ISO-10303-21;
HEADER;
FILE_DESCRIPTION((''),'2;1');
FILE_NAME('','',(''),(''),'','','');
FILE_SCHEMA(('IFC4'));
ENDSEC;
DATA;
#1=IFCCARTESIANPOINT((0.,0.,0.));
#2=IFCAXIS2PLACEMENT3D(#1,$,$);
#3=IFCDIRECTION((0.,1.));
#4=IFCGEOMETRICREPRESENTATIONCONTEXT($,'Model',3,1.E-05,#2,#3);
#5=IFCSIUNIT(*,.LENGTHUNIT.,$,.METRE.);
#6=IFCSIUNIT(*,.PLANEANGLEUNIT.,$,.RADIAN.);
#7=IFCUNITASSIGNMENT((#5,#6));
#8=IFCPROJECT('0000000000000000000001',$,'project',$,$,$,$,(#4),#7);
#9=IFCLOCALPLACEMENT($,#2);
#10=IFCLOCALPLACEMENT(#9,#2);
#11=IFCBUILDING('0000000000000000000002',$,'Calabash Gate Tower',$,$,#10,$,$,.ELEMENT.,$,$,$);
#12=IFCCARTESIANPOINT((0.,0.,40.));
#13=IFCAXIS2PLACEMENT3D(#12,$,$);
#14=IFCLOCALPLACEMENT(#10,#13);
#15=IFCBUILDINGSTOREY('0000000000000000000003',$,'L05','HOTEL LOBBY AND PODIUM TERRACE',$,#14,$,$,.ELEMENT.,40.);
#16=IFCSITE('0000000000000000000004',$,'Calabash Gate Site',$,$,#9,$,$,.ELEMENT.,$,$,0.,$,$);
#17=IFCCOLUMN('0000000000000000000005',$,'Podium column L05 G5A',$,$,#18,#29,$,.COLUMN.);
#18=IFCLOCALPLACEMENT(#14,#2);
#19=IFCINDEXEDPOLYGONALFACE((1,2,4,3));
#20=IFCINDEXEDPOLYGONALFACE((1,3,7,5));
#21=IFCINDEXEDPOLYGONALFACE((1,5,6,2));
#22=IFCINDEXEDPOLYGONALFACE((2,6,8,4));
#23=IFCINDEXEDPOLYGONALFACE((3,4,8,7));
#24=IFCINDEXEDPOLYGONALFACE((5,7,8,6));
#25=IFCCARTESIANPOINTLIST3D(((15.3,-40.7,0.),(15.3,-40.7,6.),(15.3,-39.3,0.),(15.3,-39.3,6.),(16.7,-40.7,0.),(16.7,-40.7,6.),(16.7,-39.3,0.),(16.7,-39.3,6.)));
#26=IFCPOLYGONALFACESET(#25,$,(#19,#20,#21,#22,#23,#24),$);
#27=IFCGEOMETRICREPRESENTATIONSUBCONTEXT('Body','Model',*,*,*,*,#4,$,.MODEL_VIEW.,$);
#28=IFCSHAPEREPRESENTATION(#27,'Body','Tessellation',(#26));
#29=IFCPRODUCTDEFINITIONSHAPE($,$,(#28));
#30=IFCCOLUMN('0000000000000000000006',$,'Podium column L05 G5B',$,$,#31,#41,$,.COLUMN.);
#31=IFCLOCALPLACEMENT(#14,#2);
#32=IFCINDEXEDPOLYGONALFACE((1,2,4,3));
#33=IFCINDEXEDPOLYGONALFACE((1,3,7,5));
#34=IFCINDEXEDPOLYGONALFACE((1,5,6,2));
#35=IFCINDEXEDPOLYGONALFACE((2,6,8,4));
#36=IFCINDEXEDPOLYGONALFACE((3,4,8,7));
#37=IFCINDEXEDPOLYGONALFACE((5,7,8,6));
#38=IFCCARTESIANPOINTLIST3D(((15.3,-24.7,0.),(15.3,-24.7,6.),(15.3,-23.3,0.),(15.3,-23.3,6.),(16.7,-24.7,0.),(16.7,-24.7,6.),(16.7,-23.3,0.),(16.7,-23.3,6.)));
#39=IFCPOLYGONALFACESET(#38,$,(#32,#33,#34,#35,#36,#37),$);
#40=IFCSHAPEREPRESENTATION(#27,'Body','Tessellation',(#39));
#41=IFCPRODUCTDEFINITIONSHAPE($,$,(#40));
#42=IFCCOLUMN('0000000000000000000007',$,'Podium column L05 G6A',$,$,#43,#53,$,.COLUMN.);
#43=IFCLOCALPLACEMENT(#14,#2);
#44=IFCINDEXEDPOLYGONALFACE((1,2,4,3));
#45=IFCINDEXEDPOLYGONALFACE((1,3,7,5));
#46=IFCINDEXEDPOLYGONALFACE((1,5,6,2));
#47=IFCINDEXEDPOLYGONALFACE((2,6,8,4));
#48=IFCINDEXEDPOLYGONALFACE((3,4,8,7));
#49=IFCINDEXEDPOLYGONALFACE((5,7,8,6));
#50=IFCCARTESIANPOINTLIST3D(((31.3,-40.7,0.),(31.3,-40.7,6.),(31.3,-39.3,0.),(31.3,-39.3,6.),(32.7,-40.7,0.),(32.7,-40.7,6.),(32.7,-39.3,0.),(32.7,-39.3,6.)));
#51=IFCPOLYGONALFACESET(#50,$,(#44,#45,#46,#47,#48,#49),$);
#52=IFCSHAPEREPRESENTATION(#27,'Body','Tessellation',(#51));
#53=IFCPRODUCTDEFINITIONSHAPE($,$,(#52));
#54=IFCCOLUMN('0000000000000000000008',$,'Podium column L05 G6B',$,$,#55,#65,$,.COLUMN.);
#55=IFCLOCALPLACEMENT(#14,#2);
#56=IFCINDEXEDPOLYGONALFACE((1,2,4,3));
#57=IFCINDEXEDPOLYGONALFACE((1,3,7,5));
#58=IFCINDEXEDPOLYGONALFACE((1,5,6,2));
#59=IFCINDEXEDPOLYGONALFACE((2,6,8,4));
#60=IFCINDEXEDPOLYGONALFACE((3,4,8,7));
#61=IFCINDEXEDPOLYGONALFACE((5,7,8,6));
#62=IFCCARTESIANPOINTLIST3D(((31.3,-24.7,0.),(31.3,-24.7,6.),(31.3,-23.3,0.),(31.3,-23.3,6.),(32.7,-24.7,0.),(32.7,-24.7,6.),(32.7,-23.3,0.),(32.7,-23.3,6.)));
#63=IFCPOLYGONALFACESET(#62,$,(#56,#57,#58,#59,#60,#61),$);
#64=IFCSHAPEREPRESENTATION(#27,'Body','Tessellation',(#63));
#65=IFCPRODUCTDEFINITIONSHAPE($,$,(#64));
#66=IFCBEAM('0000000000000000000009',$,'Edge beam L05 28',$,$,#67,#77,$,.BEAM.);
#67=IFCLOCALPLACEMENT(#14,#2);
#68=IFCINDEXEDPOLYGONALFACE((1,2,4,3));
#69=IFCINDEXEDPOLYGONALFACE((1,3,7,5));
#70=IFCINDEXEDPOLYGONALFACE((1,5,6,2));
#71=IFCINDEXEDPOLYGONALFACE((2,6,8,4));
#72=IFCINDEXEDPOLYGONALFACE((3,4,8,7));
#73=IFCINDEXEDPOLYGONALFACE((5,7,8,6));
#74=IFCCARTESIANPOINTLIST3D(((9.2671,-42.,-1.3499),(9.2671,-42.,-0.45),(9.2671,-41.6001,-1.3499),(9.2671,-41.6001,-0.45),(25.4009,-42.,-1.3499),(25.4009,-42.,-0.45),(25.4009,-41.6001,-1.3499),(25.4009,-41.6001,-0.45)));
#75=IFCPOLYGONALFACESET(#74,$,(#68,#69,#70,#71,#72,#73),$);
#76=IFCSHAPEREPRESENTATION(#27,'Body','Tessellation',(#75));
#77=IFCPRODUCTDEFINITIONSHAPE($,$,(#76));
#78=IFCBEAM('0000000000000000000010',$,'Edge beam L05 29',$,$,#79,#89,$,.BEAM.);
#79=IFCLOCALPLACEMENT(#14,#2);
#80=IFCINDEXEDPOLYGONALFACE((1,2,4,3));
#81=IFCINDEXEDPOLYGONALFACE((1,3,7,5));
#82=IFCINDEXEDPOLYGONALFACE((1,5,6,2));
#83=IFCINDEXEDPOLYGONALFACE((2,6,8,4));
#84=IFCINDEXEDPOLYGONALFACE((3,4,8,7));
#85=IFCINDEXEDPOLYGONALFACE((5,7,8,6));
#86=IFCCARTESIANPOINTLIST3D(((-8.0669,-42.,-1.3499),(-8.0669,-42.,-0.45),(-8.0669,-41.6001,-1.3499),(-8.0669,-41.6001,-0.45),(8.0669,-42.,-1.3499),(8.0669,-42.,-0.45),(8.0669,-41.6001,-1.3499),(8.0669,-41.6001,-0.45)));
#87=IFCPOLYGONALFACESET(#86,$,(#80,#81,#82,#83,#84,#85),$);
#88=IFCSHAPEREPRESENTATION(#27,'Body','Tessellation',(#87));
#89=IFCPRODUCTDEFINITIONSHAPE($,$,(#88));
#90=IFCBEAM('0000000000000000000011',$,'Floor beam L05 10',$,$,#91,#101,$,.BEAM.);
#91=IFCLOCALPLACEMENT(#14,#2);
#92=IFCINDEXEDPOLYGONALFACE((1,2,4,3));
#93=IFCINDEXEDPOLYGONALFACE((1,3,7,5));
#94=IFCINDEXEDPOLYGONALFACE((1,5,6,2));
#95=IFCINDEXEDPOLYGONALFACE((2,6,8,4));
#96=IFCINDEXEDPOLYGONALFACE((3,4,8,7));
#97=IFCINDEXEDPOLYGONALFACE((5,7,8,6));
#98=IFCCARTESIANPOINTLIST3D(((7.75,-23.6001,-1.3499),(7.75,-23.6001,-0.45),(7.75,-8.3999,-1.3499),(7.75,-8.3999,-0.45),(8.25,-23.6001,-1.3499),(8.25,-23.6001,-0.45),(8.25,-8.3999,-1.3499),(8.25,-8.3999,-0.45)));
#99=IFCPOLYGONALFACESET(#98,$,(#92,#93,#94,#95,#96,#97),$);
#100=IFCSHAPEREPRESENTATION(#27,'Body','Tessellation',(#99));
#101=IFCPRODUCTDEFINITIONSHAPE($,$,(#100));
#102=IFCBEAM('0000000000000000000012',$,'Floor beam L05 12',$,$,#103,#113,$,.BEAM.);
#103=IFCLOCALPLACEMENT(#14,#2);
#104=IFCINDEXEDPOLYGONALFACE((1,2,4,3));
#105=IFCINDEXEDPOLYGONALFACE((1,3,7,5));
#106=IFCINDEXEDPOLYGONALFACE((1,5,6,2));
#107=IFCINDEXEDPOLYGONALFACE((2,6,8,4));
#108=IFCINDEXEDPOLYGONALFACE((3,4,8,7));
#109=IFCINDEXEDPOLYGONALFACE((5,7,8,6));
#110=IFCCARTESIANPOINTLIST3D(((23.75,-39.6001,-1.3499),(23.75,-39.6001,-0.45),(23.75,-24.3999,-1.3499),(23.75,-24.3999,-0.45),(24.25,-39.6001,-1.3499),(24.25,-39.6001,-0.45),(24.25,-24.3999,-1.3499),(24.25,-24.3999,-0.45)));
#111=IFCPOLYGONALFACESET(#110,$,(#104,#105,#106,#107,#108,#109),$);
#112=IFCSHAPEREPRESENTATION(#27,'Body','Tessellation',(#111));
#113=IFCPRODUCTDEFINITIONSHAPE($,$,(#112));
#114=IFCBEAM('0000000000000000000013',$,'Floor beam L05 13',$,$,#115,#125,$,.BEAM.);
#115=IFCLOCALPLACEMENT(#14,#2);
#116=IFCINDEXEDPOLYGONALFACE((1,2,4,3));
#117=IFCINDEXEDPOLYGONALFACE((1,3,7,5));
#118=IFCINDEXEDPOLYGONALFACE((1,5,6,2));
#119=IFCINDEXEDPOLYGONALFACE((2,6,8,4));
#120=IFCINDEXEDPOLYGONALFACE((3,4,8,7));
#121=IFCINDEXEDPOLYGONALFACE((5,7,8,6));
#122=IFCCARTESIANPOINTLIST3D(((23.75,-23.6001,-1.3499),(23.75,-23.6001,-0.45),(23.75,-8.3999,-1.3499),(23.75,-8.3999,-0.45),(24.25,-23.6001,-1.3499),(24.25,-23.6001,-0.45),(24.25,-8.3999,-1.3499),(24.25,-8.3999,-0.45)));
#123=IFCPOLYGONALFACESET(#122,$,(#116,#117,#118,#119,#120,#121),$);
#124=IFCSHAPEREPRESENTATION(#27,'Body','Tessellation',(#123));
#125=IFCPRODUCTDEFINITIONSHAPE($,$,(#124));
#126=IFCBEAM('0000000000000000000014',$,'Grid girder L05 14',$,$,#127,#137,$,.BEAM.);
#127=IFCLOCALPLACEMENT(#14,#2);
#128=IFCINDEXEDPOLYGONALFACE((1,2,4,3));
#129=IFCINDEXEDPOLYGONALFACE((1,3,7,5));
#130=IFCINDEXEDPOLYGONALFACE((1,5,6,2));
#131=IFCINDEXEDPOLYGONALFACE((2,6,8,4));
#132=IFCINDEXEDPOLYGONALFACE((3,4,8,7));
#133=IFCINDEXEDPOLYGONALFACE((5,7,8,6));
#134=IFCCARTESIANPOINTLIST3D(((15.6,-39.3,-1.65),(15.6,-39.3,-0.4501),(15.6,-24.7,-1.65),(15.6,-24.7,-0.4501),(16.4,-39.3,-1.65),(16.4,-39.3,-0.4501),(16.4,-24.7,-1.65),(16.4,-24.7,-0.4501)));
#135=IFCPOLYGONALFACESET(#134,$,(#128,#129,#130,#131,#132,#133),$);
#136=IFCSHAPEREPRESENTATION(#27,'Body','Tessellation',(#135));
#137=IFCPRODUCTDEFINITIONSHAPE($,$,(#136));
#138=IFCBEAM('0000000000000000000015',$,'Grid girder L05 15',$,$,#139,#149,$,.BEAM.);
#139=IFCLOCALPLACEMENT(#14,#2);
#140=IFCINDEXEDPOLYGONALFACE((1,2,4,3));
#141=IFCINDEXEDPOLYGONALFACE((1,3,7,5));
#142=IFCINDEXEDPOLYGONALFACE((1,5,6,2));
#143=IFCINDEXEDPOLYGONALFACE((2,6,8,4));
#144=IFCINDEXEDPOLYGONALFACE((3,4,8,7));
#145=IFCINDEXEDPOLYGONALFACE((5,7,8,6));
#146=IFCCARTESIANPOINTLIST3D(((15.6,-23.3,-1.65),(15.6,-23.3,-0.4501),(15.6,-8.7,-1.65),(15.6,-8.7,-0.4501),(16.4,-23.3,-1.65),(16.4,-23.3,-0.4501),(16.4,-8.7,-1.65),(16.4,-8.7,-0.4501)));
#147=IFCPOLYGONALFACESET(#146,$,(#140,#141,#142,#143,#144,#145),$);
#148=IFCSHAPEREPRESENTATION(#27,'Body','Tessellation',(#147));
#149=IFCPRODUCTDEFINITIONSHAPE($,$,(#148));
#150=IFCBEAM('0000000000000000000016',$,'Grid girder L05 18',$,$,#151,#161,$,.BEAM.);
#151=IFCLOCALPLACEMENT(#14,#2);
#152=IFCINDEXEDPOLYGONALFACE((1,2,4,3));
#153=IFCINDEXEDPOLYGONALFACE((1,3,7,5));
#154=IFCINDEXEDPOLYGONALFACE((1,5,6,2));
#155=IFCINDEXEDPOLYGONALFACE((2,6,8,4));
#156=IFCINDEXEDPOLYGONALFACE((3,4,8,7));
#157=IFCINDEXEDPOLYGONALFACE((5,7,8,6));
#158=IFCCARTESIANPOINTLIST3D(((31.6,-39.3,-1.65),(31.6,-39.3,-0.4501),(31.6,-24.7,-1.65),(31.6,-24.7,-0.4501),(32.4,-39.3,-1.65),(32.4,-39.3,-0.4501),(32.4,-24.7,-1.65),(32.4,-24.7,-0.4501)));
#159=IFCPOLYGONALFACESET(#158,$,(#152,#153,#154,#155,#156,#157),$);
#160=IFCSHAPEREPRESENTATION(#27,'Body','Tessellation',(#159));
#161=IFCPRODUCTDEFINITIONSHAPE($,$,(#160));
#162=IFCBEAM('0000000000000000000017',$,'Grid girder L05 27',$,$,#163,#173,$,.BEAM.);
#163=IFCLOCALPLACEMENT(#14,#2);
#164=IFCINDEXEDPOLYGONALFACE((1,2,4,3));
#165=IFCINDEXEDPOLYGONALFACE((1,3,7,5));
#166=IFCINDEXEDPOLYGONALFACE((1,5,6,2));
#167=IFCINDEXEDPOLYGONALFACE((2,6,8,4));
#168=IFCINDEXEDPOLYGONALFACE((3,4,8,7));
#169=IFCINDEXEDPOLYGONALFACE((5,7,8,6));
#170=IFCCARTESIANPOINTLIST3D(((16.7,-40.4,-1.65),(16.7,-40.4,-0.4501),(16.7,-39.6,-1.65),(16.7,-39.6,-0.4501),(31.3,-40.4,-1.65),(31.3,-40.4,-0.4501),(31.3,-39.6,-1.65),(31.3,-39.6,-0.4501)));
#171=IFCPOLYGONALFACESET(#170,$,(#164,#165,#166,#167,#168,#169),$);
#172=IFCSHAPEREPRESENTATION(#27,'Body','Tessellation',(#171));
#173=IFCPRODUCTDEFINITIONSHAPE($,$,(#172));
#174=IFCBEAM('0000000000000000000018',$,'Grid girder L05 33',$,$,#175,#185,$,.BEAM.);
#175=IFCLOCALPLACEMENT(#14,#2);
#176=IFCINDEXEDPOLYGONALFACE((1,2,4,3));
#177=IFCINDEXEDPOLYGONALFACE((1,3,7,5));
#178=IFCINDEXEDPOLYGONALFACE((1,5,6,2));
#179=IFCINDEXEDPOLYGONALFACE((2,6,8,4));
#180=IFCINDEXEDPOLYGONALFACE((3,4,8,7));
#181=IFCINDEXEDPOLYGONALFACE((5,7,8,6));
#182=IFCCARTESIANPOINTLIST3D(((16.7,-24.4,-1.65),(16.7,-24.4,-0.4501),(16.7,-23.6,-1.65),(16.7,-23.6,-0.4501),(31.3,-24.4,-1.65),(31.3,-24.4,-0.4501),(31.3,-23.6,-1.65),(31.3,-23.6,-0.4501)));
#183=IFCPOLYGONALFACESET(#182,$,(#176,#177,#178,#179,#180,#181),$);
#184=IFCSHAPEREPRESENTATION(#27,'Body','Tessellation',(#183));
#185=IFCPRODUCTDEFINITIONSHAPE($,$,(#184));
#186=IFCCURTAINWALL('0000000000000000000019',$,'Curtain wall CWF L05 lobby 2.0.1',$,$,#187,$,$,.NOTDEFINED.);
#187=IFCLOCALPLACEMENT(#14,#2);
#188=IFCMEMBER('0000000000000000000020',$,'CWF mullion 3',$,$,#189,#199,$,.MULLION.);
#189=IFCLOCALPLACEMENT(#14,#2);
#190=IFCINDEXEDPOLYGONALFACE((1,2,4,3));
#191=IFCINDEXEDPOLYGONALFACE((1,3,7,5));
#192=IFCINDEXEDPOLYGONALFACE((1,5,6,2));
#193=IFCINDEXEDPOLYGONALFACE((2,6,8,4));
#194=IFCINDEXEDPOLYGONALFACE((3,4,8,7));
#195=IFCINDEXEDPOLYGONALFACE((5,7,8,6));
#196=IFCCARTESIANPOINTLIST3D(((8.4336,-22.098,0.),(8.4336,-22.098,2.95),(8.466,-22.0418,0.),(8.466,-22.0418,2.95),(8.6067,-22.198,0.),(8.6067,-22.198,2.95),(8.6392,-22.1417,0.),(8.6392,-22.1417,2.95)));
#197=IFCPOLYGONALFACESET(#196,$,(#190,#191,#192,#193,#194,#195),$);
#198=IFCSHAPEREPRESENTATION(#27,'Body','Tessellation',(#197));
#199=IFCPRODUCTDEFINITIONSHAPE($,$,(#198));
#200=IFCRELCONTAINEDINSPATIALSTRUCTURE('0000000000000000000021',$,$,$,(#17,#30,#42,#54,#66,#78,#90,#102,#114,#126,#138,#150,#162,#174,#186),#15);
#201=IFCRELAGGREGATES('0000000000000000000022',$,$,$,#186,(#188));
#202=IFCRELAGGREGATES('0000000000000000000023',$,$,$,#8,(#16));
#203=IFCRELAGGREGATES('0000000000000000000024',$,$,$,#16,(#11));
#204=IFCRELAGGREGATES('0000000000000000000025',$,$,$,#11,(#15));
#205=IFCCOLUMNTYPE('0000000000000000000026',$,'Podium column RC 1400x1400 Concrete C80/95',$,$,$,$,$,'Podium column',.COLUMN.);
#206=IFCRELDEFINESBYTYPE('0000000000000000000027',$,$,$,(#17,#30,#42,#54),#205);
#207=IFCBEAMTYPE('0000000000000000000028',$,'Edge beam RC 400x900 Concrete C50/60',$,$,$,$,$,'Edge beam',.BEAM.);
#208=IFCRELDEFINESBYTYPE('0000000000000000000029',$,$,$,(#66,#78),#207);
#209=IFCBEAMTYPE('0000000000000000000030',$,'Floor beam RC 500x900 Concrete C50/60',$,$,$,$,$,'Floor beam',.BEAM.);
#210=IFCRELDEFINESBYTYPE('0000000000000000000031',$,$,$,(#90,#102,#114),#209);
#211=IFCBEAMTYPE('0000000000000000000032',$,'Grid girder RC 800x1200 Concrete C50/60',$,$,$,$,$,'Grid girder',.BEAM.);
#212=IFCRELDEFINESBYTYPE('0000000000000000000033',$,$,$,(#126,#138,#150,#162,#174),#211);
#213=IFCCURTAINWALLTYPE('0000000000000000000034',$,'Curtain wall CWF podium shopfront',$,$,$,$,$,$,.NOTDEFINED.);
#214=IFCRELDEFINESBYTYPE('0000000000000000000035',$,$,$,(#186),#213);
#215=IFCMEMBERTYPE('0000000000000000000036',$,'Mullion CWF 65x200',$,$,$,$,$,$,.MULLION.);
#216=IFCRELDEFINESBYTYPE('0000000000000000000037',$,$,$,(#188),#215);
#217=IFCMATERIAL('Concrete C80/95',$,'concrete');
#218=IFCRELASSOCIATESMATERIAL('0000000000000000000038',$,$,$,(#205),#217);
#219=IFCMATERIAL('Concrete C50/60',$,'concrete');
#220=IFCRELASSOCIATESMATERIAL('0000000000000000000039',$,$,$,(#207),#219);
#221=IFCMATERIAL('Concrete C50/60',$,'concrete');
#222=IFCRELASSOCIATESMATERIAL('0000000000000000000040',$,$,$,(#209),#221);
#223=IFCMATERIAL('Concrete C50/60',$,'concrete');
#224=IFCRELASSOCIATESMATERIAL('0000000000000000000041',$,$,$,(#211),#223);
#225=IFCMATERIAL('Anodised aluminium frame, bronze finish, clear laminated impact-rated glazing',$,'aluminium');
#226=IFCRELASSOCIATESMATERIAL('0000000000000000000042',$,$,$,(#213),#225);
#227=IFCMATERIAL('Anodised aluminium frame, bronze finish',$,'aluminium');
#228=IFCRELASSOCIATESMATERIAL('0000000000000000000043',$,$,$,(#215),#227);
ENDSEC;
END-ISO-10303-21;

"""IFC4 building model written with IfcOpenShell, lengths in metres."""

from ifc_helpers import new_model, si_unit, direction, frame, origin, origin_2d, place, context, subcontext, project, spatial, rectangle, extrude, material, material_profile, profile_set, type_object, element, aggregate, save


model = new_model("IFC4")

# Units and contexts
model_context = context("Model", 3, precision=1e-05, world=origin(), true_north=direction((0.0, 1.0)))
body_context = subcontext(model_context, "Body", "Model", "MODEL_VIEW")
ifc_project = project(units=[si_unit("LENGTHUNIT", "METRE"), si_unit("PLANEANGLEUNIT", "RADIAN")], contexts=[model_context])

# Site, building, storey
site_placement = place(None, origin())
site = spatial("IfcSite", under=ifc_project, at=site_placement, Name="Calabash Gate Site", CompositionType="ELEMENT", RefElevation=0.0)
building_placement = place(site_placement, origin())
building = spatial("IfcBuilding", under=site, at=building_placement, Name="Calabash Gate Tower", CompositionType="ELEMENT")
storey_placement = place(building_placement, frame((0.0, 0.0, 40.0)))
storey = spatial("IfcBuildingStorey", under=building, at=storey_placement, Name="L05", Description="HOTEL LOBBY AND PODIUM TERRACE", CompositionType="ELEMENT", Elevation=40.0)

# Columns
ifc_material_1 = material(Name="Concrete C80/95", Category="concrete")
ifc_material_profile_1 = material_profile(ifc_material_1, rectangle(XDim=1.3999, YDim=1.3999, at=origin_2d()))
ifc_profile_set_1 = profile_set([ifc_material_profile_1], Name="Concrete C80/95")
column_type = type_object("IfcColumnType", Name="Podium column RC 1400x1400 Concrete C80/95", ElementType="Podium column", PredefinedType="COLUMN", material=ifc_profile_set_1)
for number, where, z_axis, x_axis, name in (
    (1, (16.0, -40.0, 0.0), (0.0, 0.0, 1.0), (1.0, 0.0, 0.0), "Podium column L05 G5A"),
    (2, (16.0, -24.0, 0.0), (0.0, 0.0, 1.0), (1.0, 0.0, 0.0), "Podium column L05 G5B"),
    (3, (32.0, -40.0, 0.0), (0.0, 0.0, 1.0), (1.0, 0.0, 0.0), "Podium column L05 G6A"),
    (4, (32.0, -24.0, 0.0), (0.0, 0.0, 1.0), (1.0, 0.0, 0.0), "Podium column L05 G6B"),
):
    element("IfcColumn", number, at=place(storey_placement, frame(where, z_axis=z_axis, x_axis=x_axis)), inside=storey, type_object=column_type, Name=name, PredefinedType="COLUMN", context=body_context, shape_type="SweptSolid", body=[
        extrude(rectangle(XDim=1.3999, YDim=1.3999, at=origin_2d()), origin(), (0.0, 0.0, 1.0), 6.0),
    ])

# Beams
ifc_material_2 = material(Name="Concrete C50/60", Category="concrete")
ifc_material_profile_2 = material_profile(ifc_material_2, rectangle(XDim=0.3999, YDim=0.8999, at=origin_2d()))
ifc_profile_set_2 = profile_set([ifc_material_profile_2], Name="Concrete C50/60")
beam_type_1 = type_object("IfcBeamType", Name="Edge beam RC 400x900 Concrete C50/60", ElementType="Edge beam", PredefinedType="BEAM", material=ifc_profile_set_2)
for number, where, z_axis, x_axis, name in (
    (5, (25.4009, -41.8, -0.8999), (-1.0, 0.0, 0.0), (0.0, -1.0, 0.0), "Edge beam L05 28"),
    (6, (8.0669, -41.8, -0.8999), (-1.0, 0.0, 0.0), (0.0, -1.0, 0.0), "Edge beam L05 29"),
):
    element("IfcBeam", number, at=place(storey_placement, frame(where, z_axis=z_axis, x_axis=x_axis)), inside=storey, type_object=beam_type_1, Name=name, PredefinedType="BEAM", context=body_context, shape_type="SweptSolid", body=[
        extrude(rectangle(XDim=0.3999, YDim=0.8999, at=origin_2d()), origin(), (0.0, 0.0, 1.0), 16.1338),
    ])
ifc_material_3 = material(Name="Concrete C50/60", Category="concrete")
ifc_material_profile_3 = material_profile(ifc_material_3, rectangle(XDim=0.5, YDim=0.8999, at=origin_2d()))
ifc_profile_set_3 = profile_set([ifc_material_profile_3], Name="Concrete C50/60")
beam_type_2 = type_object("IfcBeamType", Name="Floor beam RC 500x900 Concrete C50/60", ElementType="Floor beam", PredefinedType="BEAM", material=ifc_profile_set_3)
for number, where, z_axis, x_axis, name in (
    (7, (8.0, -23.6001, -0.8999), (0.0, 1.0, 0.0), (-1.0, 0.0, 0.0), "Floor beam L05 10"),
    (8, (24.0, -39.6001, -0.8999), (0.0, 1.0, 0.0), (-1.0, 0.0, 0.0), "Floor beam L05 12"),
    (9, (24.0, -23.6001, -0.8999), (0.0, 1.0, 0.0), (-1.0, 0.0, 0.0), "Floor beam L05 13"),
):
    element("IfcBeam", number, at=place(storey_placement, frame(where, z_axis=z_axis, x_axis=x_axis)), inside=storey, type_object=beam_type_2, Name=name, PredefinedType="BEAM", context=body_context, shape_type="SweptSolid", body=[
        extrude(rectangle(XDim=0.5, YDim=0.8999, at=origin_2d()), origin(), (0.0, 0.0, 1.0), 15.2002),
    ])
ifc_material_4 = material(Name="Concrete C50/60", Category="concrete")
ifc_material_profile_4 = material_profile(ifc_material_4, rectangle(XDim=0.8, YDim=1.2, at=origin_2d()))
ifc_profile_set_4 = profile_set([ifc_material_profile_4], Name="Concrete C50/60")
beam_type_3 = type_object("IfcBeamType", Name="Grid girder RC 800x1200 Concrete C50/60", ElementType="Grid girder", PredefinedType="BEAM", material=ifc_profile_set_4)
for number, where, z_axis, x_axis, name in (
    (10, (16.0, -39.3, -1.05), (0.0, 1.0, 0.0), (-1.0, 0.0, 0.0), "Grid girder L05 14"),
    (11, (16.0, -23.3, -1.05), (0.0, 1.0, 0.0), (-1.0, 0.0, 0.0), "Grid girder L05 15"),
    (12, (32.0, -39.3, -1.05), (0.0, 1.0, 0.0), (-1.0, 0.0, 0.0), "Grid girder L05 18"),
    (13, (16.7, -40.0, -1.05), (1.0, 0.0, 0.0), (0.0, 1.0, 0.0), "Grid girder L05 27"),
    (14, (16.7, -24.0, -1.05), (1.0, 0.0, 0.0), (0.0, 1.0, 0.0), "Grid girder L05 33"),
):
    element("IfcBeam", number, at=place(storey_placement, frame(where, z_axis=z_axis, x_axis=x_axis)), inside=storey, type_object=beam_type_3, Name=name, PredefinedType="BEAM", context=body_context, shape_type="SweptSolid", body=[
        extrude(rectangle(XDim=0.8, YDim=1.2, at=origin_2d()), origin(), (0.0, 0.0, 1.0), 14.6001),
    ])

# Curtain wall, member
ifc_material_5 = material(Name="Anodised aluminium frame, bronze finish, clear laminated impact-rated glazing", Category="aluminium")
curtain_wall_type = type_object("IfcCurtainWallType", Name="Curtain wall CWF podium shopfront", PredefinedType="NOTDEFINED", material=ifc_material_5)
curtain_wall_placement = place(storey_placement, origin())
curtain_wall = element("IfcCurtainWall", 15, at=curtain_wall_placement, inside=storey, type_object=curtain_wall_type, Name="Curtain wall CWF L05 lobby 2.0.1", PredefinedType="NOTDEFINED")
ifc_material_6 = material(Name="Anodised aluminium frame, bronze finish", Category="aluminium")
ifc_material_profile_5 = material_profile(ifc_material_6, rectangle(XDim=0.2, YDim=0.0649, at=origin_2d()))
ifc_profile_set_5 = profile_set([ifc_material_profile_5], Name="Anodised aluminium frame, bronze finish")
member_type = type_object("IfcMemberType", Name="Mullion CWF 65x200", PredefinedType="MULLION", material=ifc_profile_set_5)
member_placement = place(storey_placement, frame((8.5364, -22.1199, 0.0), z_axis=(0.0, 0.0, 1.0), x_axis=(-0.866025, 0.5, 0.0)))
member = element("IfcMember", 16, at=member_placement, type_object=member_type, Name="CWF mullion 3", PredefinedType="MULLION", context=body_context, shape_type="SweptSolid", body=[
    extrude(rectangle(XDim=0.2, YDim=0.0649, at=origin_2d()), origin(), (0.0, 0.0, 1.0), 2.95),
])
aggregate(curtain_wall, [member])

save(model, "model.ifc")
